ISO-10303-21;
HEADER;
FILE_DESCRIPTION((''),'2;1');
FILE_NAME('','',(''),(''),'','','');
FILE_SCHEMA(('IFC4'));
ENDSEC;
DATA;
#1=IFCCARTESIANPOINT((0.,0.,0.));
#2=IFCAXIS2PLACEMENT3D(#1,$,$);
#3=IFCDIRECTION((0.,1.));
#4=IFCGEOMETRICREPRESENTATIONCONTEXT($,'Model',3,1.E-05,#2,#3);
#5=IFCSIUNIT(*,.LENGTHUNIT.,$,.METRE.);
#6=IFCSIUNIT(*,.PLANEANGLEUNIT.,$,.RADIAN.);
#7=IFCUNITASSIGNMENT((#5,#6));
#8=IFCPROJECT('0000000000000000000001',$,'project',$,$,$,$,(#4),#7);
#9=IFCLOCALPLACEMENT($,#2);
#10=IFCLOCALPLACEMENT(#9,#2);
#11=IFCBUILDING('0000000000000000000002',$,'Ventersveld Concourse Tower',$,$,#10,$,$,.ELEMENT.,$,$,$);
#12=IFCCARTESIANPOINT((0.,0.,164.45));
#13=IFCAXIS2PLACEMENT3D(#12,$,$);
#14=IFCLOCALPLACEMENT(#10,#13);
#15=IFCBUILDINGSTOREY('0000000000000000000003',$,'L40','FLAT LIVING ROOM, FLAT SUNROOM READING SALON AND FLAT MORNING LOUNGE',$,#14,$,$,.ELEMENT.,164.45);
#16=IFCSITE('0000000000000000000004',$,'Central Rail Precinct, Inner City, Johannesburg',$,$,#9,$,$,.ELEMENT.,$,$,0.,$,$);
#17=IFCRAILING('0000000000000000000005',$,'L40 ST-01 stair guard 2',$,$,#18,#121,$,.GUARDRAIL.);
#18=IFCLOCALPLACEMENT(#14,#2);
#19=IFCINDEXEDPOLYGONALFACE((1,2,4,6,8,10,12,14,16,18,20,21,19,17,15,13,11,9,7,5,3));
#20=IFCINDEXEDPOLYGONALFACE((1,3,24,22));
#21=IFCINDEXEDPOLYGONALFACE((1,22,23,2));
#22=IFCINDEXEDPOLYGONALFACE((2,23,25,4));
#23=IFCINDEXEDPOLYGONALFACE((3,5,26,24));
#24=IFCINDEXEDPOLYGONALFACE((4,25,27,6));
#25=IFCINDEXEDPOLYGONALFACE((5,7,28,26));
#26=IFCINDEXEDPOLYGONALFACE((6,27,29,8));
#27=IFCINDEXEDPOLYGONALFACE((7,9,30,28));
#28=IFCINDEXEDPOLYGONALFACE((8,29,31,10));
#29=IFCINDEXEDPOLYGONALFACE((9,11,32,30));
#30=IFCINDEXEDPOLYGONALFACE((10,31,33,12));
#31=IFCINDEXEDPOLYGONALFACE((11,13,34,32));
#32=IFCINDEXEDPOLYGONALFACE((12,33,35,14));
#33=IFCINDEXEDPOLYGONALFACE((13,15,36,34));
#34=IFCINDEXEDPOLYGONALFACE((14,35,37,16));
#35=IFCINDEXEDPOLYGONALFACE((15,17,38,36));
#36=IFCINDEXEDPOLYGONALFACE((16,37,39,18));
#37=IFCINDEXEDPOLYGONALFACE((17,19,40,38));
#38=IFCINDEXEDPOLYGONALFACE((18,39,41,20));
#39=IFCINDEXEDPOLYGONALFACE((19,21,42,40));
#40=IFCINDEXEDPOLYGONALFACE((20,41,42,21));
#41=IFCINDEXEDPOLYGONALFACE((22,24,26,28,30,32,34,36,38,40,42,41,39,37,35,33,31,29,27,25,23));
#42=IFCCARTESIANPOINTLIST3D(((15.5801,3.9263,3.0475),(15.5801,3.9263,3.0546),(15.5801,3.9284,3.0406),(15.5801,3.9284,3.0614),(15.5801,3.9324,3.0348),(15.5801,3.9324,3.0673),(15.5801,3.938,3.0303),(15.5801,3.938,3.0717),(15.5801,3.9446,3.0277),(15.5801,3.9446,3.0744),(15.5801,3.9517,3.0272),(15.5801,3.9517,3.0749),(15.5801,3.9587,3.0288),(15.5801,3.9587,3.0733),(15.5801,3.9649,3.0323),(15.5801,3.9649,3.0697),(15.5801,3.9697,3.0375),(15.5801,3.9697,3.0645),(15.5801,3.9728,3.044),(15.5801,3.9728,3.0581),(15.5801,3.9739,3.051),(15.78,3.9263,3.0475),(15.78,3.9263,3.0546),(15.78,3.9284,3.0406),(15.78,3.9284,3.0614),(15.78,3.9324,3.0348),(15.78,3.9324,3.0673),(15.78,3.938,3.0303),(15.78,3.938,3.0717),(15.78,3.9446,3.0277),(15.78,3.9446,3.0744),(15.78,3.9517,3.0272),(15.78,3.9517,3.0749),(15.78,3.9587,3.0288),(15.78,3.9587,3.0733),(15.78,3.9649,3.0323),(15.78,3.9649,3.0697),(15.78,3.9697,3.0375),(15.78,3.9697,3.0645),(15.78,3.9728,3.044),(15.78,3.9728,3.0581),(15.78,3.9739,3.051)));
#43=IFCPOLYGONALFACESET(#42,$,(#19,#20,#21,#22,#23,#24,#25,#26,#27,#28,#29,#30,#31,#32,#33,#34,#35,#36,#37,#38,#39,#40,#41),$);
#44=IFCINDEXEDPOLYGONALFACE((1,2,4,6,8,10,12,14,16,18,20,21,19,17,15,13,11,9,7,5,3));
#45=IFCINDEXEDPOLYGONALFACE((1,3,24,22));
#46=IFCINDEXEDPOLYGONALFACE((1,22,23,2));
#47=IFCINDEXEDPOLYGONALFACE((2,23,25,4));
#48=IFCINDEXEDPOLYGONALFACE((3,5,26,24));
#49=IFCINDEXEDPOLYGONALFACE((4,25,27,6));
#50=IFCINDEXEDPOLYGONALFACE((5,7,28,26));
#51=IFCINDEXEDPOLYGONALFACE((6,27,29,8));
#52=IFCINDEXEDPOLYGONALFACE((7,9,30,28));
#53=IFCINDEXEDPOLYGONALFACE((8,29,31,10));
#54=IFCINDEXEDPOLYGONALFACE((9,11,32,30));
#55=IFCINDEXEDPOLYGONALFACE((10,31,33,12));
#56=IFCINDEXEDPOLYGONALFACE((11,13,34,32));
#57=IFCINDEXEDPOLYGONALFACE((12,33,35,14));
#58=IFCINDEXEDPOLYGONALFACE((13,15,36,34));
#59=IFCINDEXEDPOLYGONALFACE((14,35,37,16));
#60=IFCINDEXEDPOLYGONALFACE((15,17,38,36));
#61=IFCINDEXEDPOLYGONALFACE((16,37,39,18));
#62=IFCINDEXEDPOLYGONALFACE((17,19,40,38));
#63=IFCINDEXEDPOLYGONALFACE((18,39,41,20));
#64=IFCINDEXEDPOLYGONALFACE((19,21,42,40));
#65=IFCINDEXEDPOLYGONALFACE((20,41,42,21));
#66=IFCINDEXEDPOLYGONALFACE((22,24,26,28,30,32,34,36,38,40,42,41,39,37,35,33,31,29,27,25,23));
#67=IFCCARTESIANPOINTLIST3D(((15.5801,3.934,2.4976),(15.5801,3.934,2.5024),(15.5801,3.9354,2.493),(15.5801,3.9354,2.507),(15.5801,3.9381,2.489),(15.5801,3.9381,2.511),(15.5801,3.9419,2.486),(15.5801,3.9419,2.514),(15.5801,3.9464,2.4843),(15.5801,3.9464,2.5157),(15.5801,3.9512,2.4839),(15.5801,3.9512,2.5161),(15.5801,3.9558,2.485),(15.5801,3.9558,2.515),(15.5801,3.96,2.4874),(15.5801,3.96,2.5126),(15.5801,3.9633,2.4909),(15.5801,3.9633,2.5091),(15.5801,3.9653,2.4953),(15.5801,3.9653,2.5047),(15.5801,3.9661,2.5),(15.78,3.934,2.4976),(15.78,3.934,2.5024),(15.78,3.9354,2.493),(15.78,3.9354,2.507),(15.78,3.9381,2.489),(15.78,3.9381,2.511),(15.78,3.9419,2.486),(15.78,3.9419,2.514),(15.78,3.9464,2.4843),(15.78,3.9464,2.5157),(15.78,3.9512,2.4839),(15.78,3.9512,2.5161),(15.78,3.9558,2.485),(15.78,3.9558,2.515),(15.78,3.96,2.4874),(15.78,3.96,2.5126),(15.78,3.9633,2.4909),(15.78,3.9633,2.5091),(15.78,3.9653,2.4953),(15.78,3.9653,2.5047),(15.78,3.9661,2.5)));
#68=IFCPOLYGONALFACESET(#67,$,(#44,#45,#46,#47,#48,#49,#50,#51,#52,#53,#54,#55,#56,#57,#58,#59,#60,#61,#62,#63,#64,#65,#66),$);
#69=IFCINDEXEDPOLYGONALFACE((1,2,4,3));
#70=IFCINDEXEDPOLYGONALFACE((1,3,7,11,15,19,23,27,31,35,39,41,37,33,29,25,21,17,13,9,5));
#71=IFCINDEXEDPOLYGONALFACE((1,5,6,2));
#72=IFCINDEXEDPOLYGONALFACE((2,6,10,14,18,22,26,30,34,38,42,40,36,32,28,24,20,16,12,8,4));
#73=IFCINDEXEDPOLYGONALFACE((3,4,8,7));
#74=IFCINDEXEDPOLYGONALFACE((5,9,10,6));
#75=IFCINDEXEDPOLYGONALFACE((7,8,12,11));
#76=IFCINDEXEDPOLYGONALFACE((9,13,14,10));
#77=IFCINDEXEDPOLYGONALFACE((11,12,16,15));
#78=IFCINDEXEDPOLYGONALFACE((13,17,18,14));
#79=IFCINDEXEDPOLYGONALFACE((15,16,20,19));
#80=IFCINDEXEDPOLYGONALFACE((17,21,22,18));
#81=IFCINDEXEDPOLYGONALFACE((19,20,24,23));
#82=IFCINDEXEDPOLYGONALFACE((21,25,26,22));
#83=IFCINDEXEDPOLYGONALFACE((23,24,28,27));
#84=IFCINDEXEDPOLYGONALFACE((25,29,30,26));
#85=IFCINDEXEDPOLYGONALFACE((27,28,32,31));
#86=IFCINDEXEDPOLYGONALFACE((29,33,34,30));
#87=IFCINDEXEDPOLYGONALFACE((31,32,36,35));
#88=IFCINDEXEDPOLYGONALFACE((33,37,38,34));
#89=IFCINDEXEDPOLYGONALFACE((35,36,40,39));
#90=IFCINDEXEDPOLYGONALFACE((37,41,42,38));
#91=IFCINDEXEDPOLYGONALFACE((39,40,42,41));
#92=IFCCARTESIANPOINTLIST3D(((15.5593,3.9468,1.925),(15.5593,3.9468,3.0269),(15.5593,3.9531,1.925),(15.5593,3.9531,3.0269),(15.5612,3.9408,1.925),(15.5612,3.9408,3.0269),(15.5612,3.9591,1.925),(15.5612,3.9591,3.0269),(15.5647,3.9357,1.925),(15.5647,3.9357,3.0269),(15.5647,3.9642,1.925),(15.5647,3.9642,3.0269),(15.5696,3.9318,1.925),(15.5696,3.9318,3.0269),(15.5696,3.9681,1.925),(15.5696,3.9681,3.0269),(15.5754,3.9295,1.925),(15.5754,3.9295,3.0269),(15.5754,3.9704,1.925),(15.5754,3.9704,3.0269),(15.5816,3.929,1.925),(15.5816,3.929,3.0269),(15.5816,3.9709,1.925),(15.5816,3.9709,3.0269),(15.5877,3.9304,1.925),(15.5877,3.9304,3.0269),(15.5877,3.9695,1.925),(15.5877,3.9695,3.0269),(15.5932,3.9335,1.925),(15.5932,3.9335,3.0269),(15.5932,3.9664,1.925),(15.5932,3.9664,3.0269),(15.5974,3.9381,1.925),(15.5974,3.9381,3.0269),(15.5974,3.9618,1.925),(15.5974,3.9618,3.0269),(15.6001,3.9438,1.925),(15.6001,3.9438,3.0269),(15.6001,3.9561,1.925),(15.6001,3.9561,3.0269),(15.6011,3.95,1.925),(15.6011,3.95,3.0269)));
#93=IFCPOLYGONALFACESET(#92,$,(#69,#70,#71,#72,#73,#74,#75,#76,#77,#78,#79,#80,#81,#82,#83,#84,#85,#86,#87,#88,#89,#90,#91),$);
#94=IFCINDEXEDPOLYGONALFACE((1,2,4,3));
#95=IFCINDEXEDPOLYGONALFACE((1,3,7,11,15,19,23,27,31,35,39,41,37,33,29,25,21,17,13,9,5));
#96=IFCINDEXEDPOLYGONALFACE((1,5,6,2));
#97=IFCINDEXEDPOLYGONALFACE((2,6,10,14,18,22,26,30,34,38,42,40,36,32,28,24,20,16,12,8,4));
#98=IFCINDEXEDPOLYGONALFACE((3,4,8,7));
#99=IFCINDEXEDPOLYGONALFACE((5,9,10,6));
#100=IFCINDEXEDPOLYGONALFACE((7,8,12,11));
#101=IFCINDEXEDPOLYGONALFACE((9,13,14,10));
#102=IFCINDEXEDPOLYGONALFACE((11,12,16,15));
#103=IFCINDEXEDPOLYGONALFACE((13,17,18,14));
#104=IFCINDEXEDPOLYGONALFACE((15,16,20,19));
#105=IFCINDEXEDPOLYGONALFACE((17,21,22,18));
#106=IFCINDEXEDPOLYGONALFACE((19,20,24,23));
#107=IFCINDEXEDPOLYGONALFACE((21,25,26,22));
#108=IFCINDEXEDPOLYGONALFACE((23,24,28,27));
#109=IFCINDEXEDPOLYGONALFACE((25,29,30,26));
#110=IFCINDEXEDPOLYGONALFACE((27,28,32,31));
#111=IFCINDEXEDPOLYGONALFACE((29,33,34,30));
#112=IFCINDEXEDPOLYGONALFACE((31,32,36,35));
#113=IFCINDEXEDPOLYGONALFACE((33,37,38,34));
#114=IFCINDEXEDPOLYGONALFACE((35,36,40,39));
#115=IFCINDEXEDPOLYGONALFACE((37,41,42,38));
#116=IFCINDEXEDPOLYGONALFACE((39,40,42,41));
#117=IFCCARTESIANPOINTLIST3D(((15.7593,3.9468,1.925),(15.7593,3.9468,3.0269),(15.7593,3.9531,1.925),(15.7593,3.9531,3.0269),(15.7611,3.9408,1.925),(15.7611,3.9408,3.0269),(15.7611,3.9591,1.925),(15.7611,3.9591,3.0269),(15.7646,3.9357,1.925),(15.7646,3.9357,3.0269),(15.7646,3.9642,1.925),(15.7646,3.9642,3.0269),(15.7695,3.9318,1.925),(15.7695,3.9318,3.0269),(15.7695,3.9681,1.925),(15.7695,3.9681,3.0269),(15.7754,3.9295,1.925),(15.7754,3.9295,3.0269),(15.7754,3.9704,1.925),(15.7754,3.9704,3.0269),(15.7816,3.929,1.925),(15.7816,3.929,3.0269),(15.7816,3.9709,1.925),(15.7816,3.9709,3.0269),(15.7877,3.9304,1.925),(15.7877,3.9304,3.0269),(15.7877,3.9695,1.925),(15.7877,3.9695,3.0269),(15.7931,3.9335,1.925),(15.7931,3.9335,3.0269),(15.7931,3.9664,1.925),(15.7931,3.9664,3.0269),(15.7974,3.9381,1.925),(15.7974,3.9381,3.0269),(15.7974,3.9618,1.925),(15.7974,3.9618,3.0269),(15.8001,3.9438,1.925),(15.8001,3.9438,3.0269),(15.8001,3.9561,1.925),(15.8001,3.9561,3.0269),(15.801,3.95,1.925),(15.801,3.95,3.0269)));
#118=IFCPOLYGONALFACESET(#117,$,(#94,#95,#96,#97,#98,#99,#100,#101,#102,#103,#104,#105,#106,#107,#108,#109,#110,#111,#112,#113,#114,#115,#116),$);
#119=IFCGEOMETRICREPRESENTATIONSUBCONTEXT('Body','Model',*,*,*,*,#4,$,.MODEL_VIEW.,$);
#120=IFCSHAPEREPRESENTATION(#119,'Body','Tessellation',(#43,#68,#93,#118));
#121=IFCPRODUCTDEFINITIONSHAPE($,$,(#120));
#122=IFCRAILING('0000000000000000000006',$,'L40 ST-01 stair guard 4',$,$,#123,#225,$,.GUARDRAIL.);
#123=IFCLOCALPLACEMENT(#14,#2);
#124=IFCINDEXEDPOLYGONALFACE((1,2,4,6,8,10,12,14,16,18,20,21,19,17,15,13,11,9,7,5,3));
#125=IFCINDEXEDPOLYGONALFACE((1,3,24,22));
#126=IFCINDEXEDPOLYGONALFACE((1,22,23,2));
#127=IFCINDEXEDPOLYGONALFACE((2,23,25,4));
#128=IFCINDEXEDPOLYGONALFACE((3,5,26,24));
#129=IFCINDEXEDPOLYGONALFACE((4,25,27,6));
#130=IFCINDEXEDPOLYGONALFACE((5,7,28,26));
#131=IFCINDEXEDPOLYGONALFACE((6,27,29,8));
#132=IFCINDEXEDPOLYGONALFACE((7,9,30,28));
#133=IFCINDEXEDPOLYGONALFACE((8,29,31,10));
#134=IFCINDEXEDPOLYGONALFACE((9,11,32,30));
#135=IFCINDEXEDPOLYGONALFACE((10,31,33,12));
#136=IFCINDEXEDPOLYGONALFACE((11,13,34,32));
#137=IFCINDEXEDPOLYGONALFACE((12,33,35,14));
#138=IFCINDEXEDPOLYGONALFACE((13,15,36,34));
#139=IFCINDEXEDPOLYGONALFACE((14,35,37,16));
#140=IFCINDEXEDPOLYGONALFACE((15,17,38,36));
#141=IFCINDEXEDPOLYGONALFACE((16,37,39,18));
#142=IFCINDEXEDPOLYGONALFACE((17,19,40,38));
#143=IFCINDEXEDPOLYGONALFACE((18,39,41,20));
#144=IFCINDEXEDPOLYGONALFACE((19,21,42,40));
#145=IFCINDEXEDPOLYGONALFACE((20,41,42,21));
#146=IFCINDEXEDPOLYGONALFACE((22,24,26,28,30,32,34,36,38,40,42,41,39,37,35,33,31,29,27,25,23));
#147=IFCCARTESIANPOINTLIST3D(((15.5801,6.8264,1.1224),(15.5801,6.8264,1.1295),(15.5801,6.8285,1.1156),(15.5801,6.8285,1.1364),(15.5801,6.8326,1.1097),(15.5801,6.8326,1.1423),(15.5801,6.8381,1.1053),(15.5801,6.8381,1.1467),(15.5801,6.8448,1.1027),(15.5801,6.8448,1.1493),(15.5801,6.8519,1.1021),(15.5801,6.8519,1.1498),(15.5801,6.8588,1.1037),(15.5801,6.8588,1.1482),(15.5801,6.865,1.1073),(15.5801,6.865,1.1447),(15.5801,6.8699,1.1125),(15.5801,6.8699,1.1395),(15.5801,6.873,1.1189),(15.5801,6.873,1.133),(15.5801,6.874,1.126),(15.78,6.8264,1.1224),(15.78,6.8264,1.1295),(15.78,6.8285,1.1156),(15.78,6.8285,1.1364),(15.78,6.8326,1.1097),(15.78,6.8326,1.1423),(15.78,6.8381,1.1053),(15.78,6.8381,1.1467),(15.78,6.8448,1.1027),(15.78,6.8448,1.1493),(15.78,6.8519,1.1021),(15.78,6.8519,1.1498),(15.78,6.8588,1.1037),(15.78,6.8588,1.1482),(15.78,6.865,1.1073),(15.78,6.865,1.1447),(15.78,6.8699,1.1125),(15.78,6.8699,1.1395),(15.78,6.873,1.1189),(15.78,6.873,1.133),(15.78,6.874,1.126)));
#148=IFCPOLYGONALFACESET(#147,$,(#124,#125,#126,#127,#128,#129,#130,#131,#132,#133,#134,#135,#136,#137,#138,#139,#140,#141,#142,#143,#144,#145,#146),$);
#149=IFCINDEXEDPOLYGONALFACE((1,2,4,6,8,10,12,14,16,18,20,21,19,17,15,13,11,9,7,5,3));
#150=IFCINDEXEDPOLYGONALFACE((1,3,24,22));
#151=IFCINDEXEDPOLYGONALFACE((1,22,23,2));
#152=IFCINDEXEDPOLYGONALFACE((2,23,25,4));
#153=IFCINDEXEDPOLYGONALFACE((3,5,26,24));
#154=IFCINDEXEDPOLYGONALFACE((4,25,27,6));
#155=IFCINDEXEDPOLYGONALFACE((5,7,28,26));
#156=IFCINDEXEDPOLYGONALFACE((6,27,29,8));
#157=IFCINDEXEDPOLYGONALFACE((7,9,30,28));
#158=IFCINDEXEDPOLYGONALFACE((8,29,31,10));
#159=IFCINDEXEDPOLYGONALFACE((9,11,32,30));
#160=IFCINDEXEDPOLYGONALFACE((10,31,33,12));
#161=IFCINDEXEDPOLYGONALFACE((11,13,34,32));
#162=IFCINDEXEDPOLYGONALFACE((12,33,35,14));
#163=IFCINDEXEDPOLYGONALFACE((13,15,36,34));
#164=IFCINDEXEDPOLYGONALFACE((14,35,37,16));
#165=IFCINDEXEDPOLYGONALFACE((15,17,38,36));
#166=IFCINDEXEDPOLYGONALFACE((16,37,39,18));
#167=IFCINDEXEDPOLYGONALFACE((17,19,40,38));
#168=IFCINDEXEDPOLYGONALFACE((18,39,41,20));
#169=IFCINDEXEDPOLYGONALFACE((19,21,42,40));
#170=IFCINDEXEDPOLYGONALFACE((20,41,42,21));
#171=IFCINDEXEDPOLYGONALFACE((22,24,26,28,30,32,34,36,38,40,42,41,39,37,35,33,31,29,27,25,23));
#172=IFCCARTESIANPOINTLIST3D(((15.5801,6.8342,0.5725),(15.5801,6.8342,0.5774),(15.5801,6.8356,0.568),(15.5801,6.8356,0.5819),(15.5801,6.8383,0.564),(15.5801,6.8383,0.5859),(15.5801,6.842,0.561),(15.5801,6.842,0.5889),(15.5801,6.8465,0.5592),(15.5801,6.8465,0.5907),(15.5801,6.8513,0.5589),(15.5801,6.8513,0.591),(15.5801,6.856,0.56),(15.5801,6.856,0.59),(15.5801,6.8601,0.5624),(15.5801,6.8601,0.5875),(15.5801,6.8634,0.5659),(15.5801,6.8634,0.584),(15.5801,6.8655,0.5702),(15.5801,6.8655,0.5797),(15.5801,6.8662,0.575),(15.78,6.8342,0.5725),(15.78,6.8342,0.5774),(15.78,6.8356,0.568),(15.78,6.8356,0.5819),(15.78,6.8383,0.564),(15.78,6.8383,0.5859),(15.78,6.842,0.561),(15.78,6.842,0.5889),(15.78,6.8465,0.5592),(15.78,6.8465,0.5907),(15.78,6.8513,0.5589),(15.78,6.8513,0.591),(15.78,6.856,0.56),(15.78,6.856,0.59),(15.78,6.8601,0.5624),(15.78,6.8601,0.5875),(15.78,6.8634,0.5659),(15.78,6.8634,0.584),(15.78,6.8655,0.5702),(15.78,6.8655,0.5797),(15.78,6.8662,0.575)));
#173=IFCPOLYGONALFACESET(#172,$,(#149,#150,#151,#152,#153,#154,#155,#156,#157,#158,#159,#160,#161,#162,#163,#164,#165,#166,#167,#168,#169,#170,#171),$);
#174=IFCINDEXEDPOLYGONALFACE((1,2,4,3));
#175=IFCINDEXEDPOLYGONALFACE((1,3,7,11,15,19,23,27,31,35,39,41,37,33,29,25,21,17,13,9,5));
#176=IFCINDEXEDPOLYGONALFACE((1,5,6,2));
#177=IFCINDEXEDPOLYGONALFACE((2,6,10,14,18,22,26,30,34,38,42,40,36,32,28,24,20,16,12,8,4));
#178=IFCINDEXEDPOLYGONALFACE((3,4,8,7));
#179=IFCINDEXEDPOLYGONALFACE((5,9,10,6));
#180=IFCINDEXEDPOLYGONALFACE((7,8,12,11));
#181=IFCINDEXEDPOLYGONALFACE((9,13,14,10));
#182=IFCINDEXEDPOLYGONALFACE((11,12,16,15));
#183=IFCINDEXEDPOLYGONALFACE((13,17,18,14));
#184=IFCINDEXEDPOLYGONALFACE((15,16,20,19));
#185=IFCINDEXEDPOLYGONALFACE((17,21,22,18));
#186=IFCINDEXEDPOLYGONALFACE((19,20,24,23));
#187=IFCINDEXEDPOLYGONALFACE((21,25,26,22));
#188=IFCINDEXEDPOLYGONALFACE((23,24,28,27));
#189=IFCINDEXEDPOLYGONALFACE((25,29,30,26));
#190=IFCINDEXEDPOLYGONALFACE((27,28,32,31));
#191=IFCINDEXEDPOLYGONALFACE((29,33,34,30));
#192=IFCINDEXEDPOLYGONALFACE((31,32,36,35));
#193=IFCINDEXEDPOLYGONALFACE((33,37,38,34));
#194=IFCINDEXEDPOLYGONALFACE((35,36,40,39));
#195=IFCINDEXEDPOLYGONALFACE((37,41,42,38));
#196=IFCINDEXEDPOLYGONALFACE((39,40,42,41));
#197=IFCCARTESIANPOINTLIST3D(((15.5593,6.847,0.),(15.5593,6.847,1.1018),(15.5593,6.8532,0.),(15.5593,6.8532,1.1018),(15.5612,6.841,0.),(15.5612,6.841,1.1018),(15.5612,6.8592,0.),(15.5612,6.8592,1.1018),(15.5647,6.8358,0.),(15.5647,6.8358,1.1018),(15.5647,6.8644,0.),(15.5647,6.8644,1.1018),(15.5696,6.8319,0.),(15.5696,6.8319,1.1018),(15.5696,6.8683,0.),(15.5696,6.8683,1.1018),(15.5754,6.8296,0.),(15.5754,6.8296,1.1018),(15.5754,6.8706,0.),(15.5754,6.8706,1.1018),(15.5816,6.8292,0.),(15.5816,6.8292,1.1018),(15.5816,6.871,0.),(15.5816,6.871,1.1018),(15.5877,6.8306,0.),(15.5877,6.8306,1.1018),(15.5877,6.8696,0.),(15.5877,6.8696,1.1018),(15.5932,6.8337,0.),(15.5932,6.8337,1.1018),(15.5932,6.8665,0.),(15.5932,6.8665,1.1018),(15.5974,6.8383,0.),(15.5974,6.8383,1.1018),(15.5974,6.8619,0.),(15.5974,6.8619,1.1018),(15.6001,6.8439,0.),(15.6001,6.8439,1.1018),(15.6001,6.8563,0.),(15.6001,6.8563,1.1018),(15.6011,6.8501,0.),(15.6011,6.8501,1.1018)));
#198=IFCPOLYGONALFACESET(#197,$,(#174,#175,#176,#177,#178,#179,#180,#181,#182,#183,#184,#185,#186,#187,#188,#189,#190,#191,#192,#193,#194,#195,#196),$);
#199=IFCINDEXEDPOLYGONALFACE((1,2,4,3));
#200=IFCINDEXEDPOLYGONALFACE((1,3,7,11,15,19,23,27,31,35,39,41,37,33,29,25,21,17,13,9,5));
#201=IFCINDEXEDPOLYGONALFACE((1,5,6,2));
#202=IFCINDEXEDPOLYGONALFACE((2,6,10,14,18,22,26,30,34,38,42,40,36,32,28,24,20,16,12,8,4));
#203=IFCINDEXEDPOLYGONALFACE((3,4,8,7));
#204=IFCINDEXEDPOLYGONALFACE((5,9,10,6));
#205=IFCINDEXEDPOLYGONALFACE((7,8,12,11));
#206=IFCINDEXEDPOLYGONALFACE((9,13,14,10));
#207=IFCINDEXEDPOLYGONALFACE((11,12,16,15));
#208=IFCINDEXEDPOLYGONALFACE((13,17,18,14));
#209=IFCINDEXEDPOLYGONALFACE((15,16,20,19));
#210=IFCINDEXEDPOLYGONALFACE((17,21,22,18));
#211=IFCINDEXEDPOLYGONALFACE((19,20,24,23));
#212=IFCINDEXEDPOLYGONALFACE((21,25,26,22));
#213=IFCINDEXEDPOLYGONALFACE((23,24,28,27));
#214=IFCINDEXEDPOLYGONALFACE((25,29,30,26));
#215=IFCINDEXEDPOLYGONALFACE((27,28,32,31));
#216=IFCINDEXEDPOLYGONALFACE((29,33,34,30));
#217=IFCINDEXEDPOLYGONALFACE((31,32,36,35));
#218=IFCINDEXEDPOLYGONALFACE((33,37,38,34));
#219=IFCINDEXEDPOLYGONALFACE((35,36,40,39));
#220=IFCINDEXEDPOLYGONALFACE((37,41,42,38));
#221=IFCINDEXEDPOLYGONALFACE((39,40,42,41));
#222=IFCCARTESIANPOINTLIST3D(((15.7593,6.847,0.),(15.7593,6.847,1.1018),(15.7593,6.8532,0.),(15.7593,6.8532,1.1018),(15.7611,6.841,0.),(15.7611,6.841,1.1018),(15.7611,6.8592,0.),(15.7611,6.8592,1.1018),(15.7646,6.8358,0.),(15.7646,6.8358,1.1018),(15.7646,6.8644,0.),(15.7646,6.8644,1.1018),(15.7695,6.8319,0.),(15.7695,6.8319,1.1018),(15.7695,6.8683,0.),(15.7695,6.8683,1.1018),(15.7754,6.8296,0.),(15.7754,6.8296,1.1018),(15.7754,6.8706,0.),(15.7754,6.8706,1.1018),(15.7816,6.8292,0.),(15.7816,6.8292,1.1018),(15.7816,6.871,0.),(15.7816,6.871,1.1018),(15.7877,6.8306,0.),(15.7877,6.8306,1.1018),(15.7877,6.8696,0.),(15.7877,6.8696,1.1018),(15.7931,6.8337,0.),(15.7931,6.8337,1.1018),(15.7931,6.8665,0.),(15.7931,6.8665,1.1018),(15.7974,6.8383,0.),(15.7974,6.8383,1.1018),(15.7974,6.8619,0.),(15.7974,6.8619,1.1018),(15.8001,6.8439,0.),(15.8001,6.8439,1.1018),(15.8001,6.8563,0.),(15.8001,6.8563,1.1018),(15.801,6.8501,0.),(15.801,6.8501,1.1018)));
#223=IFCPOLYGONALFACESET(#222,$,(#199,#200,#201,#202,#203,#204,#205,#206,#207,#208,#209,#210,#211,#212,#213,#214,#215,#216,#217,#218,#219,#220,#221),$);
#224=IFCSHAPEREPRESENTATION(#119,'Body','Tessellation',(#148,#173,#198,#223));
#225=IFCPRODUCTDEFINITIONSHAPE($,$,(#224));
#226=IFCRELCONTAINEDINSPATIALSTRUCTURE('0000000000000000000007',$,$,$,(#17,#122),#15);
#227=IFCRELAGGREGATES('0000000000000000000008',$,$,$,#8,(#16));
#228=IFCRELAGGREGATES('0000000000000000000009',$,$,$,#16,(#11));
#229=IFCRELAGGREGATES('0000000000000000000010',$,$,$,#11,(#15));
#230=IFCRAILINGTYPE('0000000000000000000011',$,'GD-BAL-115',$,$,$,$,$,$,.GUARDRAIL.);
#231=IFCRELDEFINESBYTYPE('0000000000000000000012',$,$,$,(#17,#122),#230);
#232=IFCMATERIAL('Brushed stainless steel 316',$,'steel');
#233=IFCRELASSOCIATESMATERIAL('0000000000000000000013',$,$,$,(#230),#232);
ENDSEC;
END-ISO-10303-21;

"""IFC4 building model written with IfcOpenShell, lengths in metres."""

from ifc_helpers import new_model, si_unit, direction, frame, origin, origin_2d, place, context, subcontext, project, spatial, circle, extrude, material, type_object, element, save


model = new_model("IFC4")

# Units and contexts
model_context = context("Model", 3, precision=1e-05, world=origin(), true_north=direction((0.0, 1.0)))
body_context = subcontext(model_context, "Body", "Model", "MODEL_VIEW")
ifc_project = project(units=[si_unit("LENGTHUNIT", "METRE"), si_unit("PLANEANGLEUNIT", "RADIAN")], contexts=[model_context])

# Site, building, storey
site_placement = place(None, origin())
site = spatial("IfcSite", under=ifc_project, at=site_placement, Name="Central Rail Precinct, Inner City, Johannesburg", CompositionType="ELEMENT", RefElevation=0.0)
building_placement = place(site_placement, origin())
building = spatial("IfcBuilding", under=site, at=building_placement, Name="Ventersveld Concourse Tower", CompositionType="ELEMENT")
storey_placement = place(building_placement, frame((0.0, 0.0, 164.45)))
storey = spatial("IfcBuildingStorey", under=building, at=storey_placement, Name="L40", Description="FLAT LIVING ROOM, FLAT SUNROOM READING SALON AND FLAT MORNING LOUNGE", CompositionType="ELEMENT", Elevation=164.45)

# Railings
ifc_material_1 = material(Name="Brushed stainless steel 316", Category="steel")
railing_type_1 = type_object("IfcRailingType", Name="GD-BAL-115", PredefinedType="GUARDRAIL", material=ifc_material_1)
for number, where, name in (
    (1, (15.5801, 3.95, 1.925), "L40 ST-01 stair guard 2"),
    (2, (15.5801, 6.8501, 0.0), "L40 ST-01 stair guard 4"),
):
    element("IfcRailing", number, at=place(storey_placement, frame(where)), inside=storey, type_object=railing_type_1, Name=name, PredefinedType="GUARDRAIL", context=body_context, shape_type="SweptSolid", body=[
        extrude(circle(Radius=0.0239, at=origin_2d()), frame((0.0, 0.0, 1.126), z_axis=(1.0, 0.0, 0.0), x_axis=(0.0, 1.0, 0.0)), (0.0, 0.0, 1.0), 0.2),
        extrude(circle(Radius=0.0161, at=origin_2d()), frame((0.0, 0.0, 0.575), z_axis=(1.0, 0.0, 0.0), x_axis=(0.0, 1.0, 0.0)), (0.0, 0.0, 1.0), 0.2),
        extrude(circle(Radius=0.021, at=origin_2d()), origin(), (0.0, 0.0, 1.0), 1.1018),
        extrude(circle(Radius=0.021, at=origin_2d()), frame((0.2, 0.0, 0.0)), (0.0, 0.0, 1.0), 1.1018),
    ])

save(model, "model.ifc")
